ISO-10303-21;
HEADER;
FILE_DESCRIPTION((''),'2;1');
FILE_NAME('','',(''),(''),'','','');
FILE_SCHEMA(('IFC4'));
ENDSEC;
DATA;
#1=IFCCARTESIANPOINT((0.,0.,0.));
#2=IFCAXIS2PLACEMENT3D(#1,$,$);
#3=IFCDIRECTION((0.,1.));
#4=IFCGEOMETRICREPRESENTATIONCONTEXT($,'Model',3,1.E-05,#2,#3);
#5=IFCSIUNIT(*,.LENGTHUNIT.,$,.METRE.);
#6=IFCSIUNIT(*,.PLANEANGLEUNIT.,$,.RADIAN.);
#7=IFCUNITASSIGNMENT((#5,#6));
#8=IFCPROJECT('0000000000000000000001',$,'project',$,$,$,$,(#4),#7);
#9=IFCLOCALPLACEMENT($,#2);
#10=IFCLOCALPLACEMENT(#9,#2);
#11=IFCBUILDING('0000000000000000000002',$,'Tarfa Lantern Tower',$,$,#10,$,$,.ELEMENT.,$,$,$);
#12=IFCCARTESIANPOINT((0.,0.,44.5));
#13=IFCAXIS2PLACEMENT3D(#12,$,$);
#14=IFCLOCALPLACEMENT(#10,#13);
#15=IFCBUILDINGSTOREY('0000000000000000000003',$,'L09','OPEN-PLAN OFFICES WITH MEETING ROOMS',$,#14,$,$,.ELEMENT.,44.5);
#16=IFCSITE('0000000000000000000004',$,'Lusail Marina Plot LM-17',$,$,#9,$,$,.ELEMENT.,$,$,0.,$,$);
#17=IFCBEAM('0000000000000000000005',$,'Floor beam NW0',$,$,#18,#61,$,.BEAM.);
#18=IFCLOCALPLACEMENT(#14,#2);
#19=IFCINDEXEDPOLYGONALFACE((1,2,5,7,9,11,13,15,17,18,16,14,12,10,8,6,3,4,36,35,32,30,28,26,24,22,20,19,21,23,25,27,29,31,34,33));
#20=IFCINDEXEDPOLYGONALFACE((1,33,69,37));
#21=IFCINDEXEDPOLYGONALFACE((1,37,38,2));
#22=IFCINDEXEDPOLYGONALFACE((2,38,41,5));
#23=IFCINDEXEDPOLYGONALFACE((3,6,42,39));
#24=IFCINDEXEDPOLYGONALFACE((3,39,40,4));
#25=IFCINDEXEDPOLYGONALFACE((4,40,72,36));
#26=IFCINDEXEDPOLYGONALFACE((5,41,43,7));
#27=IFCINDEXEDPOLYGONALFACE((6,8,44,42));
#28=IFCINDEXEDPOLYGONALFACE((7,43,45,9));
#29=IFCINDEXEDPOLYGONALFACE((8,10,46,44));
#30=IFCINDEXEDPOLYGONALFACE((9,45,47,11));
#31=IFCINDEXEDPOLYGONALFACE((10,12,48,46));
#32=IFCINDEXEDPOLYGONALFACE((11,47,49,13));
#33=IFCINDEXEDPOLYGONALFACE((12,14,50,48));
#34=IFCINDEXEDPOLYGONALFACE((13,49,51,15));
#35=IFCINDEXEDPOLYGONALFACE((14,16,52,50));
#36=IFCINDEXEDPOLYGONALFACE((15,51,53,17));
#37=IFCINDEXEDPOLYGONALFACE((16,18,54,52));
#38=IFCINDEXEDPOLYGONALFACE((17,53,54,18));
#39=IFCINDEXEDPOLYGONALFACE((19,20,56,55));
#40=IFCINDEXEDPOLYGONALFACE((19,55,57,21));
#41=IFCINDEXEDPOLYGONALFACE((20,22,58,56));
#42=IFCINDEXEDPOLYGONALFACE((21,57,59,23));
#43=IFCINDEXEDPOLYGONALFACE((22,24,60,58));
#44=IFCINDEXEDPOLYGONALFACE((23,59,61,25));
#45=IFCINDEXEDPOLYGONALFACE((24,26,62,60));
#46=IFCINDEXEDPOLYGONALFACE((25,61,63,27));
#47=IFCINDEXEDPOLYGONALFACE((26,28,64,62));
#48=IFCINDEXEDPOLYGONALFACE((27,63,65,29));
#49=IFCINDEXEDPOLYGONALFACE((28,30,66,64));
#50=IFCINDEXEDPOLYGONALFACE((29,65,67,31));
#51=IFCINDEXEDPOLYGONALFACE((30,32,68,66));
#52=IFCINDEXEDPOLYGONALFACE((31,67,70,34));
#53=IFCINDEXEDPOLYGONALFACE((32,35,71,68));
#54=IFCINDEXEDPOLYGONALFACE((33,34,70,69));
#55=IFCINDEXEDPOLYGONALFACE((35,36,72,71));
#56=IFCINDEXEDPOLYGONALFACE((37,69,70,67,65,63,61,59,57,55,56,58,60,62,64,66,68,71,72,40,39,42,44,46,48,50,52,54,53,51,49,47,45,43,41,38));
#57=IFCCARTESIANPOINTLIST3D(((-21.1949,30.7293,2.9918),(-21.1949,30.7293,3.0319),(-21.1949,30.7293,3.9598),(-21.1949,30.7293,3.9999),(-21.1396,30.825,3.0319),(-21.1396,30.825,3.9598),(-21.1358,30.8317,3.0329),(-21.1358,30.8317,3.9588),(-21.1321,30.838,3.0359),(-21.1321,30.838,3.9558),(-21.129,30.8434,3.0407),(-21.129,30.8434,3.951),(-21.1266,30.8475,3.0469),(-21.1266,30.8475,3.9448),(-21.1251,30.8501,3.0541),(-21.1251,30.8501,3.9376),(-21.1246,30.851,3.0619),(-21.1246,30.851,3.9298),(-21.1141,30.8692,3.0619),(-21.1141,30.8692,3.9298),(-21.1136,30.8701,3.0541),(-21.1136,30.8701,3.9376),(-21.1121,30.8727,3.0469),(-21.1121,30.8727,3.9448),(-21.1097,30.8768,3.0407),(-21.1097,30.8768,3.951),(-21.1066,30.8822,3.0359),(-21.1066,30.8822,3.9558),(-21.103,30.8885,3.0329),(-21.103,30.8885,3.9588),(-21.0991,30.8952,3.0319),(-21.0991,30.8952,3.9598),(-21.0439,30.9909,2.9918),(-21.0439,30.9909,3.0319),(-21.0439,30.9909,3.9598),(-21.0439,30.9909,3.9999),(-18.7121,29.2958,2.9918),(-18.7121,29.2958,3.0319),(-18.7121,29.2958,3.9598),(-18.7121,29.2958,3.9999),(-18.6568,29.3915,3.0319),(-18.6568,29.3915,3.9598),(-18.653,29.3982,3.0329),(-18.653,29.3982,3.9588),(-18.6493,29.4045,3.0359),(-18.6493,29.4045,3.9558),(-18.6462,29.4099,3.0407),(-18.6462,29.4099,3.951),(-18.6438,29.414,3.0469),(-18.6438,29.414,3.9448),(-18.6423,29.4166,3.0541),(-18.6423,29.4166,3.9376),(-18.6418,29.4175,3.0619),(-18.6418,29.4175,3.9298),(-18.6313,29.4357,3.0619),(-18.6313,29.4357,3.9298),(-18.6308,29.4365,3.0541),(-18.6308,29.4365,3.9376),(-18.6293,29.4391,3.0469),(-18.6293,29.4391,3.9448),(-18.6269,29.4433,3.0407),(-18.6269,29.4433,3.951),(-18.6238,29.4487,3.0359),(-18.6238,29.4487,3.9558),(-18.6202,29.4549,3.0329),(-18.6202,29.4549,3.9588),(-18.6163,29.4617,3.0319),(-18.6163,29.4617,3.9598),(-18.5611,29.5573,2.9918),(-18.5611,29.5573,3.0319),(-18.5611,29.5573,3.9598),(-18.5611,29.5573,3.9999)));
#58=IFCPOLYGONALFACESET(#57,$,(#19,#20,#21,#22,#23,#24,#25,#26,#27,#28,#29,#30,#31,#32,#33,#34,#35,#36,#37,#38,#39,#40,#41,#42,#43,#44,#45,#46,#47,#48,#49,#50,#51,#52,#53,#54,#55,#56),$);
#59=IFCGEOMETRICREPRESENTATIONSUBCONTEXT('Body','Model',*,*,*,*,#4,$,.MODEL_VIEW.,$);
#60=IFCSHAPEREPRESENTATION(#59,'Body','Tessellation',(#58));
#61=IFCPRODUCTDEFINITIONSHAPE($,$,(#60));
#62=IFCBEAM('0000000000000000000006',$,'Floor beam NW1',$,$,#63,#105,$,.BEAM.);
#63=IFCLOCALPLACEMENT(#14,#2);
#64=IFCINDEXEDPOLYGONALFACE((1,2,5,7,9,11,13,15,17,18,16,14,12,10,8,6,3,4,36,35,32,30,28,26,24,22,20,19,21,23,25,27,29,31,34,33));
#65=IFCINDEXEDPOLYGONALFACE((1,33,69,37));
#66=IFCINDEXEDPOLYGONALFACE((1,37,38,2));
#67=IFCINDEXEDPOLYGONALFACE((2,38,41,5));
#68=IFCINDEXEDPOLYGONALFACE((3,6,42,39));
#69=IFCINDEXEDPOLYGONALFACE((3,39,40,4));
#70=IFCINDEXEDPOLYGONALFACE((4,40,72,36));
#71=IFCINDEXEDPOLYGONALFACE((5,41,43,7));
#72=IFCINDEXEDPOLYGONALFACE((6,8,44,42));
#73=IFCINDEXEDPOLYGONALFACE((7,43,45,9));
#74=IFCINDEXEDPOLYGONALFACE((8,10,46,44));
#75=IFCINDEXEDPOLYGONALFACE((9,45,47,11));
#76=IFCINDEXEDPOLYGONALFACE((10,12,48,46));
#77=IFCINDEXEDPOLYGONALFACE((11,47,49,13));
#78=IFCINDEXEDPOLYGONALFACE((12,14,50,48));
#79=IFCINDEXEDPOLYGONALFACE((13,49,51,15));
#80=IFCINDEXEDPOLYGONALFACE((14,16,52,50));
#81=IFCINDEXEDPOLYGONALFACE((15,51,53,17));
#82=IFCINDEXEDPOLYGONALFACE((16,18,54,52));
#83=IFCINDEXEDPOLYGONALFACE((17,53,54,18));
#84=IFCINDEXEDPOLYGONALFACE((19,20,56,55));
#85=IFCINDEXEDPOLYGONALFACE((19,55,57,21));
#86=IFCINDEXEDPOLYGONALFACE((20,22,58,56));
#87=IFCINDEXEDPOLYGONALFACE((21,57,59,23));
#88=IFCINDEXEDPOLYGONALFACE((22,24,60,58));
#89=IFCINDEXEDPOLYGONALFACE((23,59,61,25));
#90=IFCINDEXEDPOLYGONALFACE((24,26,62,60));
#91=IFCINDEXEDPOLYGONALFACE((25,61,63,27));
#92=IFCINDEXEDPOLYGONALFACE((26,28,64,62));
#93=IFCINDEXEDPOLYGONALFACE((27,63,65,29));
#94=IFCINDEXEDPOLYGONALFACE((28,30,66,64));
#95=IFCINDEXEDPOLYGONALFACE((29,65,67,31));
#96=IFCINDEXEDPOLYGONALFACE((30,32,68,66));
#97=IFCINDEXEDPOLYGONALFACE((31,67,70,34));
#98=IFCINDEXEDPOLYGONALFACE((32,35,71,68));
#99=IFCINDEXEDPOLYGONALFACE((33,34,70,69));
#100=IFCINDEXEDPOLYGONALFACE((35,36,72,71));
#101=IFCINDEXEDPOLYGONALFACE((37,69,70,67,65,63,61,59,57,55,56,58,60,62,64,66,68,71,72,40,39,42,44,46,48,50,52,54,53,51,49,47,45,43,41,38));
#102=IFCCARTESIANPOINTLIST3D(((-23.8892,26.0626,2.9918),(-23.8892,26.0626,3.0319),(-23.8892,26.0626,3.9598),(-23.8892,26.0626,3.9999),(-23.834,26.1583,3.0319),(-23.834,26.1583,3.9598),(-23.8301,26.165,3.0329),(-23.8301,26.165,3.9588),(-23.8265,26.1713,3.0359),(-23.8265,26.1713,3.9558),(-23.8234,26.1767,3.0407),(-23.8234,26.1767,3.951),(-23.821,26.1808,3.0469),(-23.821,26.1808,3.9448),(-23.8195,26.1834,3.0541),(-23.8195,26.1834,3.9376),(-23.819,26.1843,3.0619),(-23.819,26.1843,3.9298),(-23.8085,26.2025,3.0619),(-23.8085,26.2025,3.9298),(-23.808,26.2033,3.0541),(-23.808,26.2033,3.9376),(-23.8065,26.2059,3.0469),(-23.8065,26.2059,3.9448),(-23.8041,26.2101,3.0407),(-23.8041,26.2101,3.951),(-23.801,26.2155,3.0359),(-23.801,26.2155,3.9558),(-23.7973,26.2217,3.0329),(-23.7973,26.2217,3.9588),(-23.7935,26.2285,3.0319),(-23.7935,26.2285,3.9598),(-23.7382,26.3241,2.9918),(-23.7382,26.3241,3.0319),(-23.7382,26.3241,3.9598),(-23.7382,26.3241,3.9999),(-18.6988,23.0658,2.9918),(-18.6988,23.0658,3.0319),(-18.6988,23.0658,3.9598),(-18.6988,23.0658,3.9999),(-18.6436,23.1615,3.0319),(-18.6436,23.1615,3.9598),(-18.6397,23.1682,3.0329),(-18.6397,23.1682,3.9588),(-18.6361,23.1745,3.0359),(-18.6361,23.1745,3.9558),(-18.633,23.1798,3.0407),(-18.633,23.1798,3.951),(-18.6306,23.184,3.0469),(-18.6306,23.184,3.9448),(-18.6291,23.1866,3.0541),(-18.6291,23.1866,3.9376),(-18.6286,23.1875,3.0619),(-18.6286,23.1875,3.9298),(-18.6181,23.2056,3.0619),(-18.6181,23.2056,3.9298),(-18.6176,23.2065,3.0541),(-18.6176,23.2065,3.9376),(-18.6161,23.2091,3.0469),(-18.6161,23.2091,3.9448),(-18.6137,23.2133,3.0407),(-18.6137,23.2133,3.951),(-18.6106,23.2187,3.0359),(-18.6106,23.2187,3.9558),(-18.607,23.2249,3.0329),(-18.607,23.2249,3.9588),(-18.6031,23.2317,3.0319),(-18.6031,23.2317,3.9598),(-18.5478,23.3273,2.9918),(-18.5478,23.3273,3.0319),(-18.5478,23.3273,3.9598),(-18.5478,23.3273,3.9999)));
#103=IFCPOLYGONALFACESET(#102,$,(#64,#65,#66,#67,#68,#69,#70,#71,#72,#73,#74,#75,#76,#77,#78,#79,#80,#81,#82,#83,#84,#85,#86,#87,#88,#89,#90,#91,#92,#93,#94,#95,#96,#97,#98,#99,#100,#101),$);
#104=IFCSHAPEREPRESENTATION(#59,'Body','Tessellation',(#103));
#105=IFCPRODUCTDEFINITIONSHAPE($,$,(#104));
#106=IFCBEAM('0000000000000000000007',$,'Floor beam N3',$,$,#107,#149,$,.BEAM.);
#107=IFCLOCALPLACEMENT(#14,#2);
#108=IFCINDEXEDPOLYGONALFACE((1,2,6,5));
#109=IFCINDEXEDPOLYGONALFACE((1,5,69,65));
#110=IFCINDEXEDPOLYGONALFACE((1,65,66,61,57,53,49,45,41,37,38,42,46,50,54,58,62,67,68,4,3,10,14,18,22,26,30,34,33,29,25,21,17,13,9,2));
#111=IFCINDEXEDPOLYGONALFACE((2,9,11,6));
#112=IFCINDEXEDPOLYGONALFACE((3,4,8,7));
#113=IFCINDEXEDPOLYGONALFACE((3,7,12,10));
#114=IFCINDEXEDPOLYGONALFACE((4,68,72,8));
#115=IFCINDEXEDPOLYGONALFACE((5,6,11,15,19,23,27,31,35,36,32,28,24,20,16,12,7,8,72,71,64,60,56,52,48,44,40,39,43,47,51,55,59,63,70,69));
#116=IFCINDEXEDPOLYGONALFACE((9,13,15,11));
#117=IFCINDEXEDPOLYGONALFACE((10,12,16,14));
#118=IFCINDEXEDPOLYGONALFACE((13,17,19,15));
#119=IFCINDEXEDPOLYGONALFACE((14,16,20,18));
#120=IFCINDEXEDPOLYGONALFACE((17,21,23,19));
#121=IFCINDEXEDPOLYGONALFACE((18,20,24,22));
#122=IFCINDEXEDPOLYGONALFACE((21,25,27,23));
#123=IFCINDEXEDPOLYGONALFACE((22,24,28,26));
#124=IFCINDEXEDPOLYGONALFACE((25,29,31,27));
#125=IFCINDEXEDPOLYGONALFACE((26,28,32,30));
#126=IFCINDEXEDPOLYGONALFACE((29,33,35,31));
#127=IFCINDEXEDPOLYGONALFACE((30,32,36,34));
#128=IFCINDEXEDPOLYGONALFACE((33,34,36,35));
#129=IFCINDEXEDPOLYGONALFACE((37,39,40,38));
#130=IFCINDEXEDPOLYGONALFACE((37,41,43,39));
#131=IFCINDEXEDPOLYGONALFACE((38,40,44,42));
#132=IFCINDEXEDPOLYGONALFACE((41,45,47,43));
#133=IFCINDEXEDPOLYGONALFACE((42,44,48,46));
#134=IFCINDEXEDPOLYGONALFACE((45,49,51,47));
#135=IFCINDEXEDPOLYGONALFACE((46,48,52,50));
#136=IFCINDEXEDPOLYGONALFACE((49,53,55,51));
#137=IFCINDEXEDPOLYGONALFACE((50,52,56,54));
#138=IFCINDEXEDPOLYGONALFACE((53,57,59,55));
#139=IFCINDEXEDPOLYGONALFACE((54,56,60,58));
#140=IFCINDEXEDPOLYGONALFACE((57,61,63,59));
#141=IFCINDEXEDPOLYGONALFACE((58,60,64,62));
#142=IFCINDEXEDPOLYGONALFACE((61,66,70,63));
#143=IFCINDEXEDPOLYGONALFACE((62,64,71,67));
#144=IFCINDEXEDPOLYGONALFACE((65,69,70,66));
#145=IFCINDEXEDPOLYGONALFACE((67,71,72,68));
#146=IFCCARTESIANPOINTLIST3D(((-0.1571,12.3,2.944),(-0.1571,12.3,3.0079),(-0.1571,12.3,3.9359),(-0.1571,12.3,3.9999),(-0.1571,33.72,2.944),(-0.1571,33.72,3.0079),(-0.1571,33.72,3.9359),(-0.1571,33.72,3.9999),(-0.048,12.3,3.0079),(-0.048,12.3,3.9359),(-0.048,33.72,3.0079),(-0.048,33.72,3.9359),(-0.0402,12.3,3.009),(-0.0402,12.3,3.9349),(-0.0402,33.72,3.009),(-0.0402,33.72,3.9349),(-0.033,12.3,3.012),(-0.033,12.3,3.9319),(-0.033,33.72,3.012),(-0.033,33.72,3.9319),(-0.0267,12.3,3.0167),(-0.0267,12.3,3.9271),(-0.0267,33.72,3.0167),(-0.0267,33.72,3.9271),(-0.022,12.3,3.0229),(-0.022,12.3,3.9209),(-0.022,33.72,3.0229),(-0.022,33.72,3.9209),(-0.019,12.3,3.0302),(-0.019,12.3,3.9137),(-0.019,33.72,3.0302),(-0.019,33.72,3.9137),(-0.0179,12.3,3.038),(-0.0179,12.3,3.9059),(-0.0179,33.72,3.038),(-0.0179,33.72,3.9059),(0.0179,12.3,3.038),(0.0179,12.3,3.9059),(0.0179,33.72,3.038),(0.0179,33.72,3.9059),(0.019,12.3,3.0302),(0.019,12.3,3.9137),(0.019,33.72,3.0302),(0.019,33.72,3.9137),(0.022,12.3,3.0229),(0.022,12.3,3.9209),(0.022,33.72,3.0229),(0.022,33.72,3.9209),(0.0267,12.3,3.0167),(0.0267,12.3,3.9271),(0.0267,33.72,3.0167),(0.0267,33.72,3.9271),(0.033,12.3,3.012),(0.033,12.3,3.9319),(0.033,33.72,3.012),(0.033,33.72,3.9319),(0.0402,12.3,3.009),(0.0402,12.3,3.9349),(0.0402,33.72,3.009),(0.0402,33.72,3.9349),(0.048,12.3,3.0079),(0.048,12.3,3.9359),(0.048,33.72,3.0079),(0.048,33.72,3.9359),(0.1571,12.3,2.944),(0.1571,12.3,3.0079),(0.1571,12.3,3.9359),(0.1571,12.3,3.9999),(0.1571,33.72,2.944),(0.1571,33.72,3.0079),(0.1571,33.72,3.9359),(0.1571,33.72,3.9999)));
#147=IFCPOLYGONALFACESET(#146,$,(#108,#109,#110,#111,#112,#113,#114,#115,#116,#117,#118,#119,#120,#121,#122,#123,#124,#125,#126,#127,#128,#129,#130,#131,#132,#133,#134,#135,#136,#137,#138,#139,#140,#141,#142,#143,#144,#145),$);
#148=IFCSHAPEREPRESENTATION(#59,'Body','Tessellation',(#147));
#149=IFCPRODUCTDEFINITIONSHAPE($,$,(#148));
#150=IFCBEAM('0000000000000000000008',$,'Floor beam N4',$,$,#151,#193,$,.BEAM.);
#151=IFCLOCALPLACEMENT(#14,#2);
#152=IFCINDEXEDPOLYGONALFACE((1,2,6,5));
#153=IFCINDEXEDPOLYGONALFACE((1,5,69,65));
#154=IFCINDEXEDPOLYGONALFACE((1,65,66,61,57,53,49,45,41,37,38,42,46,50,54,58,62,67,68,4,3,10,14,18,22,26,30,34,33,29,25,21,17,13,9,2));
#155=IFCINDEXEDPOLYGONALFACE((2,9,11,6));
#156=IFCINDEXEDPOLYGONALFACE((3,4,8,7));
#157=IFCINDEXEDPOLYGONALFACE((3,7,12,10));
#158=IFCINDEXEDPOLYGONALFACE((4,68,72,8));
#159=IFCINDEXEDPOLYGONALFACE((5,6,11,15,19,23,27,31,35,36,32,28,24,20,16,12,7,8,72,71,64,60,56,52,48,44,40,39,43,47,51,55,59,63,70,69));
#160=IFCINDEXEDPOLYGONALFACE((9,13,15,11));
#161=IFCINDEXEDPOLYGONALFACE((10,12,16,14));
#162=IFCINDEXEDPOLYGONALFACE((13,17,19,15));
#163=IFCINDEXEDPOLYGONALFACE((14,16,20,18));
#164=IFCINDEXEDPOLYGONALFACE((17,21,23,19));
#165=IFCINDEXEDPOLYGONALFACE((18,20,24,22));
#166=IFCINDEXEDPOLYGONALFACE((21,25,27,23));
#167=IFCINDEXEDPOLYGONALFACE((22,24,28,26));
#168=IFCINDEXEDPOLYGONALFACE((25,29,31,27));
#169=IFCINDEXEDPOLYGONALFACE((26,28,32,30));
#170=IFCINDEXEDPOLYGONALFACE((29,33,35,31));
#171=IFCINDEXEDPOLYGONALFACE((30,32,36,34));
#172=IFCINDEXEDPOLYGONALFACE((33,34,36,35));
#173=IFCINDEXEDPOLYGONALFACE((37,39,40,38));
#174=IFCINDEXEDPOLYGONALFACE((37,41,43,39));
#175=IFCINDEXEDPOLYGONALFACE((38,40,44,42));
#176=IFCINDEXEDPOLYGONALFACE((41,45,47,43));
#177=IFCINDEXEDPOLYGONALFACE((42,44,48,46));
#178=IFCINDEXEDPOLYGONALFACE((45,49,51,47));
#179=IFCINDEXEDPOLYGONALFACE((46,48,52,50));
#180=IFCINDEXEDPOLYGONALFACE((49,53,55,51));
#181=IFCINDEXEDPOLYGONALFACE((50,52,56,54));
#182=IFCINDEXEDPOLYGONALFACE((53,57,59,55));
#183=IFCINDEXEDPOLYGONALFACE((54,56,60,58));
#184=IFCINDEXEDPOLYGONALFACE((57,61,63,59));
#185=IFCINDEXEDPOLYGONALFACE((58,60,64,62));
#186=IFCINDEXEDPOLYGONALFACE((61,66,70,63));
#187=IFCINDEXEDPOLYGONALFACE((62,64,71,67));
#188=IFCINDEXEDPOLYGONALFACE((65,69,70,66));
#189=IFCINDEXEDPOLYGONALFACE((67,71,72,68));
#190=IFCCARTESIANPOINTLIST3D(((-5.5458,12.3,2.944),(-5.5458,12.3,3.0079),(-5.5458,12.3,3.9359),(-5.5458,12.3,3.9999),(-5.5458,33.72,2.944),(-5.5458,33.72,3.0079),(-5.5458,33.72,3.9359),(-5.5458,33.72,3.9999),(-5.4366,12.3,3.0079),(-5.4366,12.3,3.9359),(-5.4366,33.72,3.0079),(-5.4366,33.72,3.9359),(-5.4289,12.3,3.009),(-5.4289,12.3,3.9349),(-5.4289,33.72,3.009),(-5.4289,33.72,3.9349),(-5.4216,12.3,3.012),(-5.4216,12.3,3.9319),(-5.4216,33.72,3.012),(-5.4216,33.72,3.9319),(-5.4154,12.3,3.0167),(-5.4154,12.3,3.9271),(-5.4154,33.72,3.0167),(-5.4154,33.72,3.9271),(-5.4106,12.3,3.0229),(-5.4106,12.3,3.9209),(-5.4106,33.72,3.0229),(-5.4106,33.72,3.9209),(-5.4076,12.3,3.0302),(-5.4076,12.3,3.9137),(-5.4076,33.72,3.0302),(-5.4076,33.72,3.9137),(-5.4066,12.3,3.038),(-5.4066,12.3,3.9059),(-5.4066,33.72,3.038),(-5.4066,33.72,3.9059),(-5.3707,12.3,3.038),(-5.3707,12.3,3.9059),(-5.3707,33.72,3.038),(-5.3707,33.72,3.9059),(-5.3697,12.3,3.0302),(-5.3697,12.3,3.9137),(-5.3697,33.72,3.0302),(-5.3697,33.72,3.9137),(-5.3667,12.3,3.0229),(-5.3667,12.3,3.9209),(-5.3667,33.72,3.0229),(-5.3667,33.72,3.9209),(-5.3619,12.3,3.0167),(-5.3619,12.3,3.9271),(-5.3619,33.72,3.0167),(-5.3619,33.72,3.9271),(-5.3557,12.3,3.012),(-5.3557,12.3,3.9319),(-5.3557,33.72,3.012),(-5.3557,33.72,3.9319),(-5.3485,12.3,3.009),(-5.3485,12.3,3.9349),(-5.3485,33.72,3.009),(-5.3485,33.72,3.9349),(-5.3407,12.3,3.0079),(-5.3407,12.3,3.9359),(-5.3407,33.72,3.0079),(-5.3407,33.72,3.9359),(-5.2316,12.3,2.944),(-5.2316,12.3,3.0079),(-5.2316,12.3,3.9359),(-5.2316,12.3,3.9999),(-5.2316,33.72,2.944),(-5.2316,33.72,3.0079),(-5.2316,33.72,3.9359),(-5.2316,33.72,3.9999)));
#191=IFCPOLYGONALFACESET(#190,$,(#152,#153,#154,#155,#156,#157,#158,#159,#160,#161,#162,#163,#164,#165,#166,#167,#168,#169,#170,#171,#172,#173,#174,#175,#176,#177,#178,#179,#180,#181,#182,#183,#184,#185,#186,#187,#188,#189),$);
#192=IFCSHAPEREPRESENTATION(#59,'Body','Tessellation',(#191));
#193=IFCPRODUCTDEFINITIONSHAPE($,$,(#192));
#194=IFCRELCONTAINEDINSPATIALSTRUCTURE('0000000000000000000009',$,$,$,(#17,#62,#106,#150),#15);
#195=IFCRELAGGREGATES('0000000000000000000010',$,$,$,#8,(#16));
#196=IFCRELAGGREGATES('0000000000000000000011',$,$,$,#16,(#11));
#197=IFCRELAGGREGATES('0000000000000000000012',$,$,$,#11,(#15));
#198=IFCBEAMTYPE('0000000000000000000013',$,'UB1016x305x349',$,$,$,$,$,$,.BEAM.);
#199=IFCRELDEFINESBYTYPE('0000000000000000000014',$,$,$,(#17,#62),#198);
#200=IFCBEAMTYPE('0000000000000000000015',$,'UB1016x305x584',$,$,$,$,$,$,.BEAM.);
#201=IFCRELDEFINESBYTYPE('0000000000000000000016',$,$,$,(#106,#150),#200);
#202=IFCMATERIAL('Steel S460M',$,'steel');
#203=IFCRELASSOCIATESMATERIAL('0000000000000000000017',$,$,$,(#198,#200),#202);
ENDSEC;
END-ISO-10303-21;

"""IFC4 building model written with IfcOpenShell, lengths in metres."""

from ifc_helpers import new_model, si_unit, direction, frame, origin, origin_2d, place, context, subcontext, project, spatial, i_section, extrude, material, material_profile, profile_set, type_object, element, save


model = new_model("IFC4")

# Units and contexts
model_context = context("Model", 3, precision=1e-05, world=origin(), true_north=direction((0.0, 1.0)))
body_context = subcontext(model_context, "Body", "Model", "MODEL_VIEW")
ifc_project = project(units=[si_unit("LENGTHUNIT", "METRE"), si_unit("PLANEANGLEUNIT", "RADIAN")], contexts=[model_context])

# Site, building, storey
site_placement = place(None, origin())
site = spatial("IfcSite", under=ifc_project, at=site_placement, Name="Lusail Marina Plot LM-17", CompositionType="ELEMENT", RefElevation=0.0)
building_placement = place(site_placement, origin())
building = spatial("IfcBuilding", under=site, at=building_placement, Name="Tarfa Lantern Tower", CompositionType="ELEMENT")
storey_placement = place(building_placement, frame((0.0, 0.0, 44.5)))
storey = spatial("IfcBuildingStorey", under=building, at=storey_placement, Name="L09", Description="OPEN-PLAN OFFICES WITH MEETING ROOMS", CompositionType="ELEMENT", Elevation=44.5)

# Beams
ifc_material_1 = material(Name="Steel S460M", Category="steel")
ifc_material_profile_1 = material_profile(ifc_material_1, i_section(OverallWidth=0.302, OverallDepth=1.0081, WebThickness=0.021, FlangeThickness=0.04, FilletRadius=0.03, at=origin_2d()), Name="UB1016x305x349")
ifc_profile_set_1 = profile_set([ifc_material_profile_1], Name="Steel S460M")
beam_type_1 = type_object("IfcBeamType", Name="UB1016x305x349", PredefinedType="BEAM", material=ifc_profile_set_1)
beam_1_placement = place(storey_placement, frame((-21.1194, 30.8601, 3.4958), z_axis=(0.866013, -0.500022, 0.0), x_axis=(0.500022, 0.866013, 0.0)))
element("IfcBeam", 1, at=beam_1_placement, inside=storey, type_object=beam_type_1, Name="Floor beam NW0", PredefinedType="BEAM", context=body_context, shape_type="SweptSolid", body=[
    extrude(i_section(OverallWidth=0.302, OverallDepth=1.0081, WebThickness=0.021, FlangeThickness=0.04, FilletRadius=0.03, at=origin_2d()), origin(), (0.0, 0.0, 1.0), 2.8669),
])
beam_2_placement = place(storey_placement, frame((-23.8137, 26.1934, 3.4958), z_axis=(0.866016, -0.500016, 0.0), x_axis=(0.500016, 0.866016, 0.0)))
element("IfcBeam", 2, at=beam_2_placement, inside=storey, type_object=beam_type_1, Name="Floor beam NW1", PredefinedType="BEAM", context=body_context, shape_type="SweptSolid", body=[
    extrude(i_section(OverallWidth=0.302, OverallDepth=1.0081, WebThickness=0.021, FlangeThickness=0.04, FilletRadius=0.03, at=origin_2d()), origin(), (0.0, 0.0, 1.0), 5.9934),
])
ifc_material_profile_2 = material_profile(ifc_material_1, i_section(OverallWidth=0.3142, OverallDepth=1.0559, WebThickness=0.0359, FlangeThickness=0.064, FilletRadius=0.03, at=origin_2d()), Name="UB1016x305x584")
ifc_profile_set_2 = profile_set([ifc_material_profile_2], Name="Steel S460M")
beam_type_2 = type_object("IfcBeamType", Name="UB1016x305x584", PredefinedType="BEAM", material=ifc_profile_set_2)
for number, where, z_axis, x_axis, name in (
    (3, (0.0, 33.72, 3.4719), (0.0, -1.0, 0.0), (1.0, 0.0, 0.0), "Floor beam N3"),
    (4, (-5.3887, 33.72, 3.4719), (0.0, -1.0, 0.0), (1.0, 0.0, 0.0), "Floor beam N4"),
):
    element("IfcBeam", number, at=place(storey_placement, frame(where, z_axis=z_axis, x_axis=x_axis)), inside=storey, type_object=beam_type_2, Name=name, PredefinedType="BEAM", context=body_context, shape_type="SweptSolid", body=[
        extrude(i_section(OverallWidth=0.3142, OverallDepth=1.0559, WebThickness=0.0359, FlangeThickness=0.064, FilletRadius=0.03, at=origin_2d()), origin(), (0.0, 0.0, 1.0), 21.4199),
    ])

save(model, "model.ifc")
